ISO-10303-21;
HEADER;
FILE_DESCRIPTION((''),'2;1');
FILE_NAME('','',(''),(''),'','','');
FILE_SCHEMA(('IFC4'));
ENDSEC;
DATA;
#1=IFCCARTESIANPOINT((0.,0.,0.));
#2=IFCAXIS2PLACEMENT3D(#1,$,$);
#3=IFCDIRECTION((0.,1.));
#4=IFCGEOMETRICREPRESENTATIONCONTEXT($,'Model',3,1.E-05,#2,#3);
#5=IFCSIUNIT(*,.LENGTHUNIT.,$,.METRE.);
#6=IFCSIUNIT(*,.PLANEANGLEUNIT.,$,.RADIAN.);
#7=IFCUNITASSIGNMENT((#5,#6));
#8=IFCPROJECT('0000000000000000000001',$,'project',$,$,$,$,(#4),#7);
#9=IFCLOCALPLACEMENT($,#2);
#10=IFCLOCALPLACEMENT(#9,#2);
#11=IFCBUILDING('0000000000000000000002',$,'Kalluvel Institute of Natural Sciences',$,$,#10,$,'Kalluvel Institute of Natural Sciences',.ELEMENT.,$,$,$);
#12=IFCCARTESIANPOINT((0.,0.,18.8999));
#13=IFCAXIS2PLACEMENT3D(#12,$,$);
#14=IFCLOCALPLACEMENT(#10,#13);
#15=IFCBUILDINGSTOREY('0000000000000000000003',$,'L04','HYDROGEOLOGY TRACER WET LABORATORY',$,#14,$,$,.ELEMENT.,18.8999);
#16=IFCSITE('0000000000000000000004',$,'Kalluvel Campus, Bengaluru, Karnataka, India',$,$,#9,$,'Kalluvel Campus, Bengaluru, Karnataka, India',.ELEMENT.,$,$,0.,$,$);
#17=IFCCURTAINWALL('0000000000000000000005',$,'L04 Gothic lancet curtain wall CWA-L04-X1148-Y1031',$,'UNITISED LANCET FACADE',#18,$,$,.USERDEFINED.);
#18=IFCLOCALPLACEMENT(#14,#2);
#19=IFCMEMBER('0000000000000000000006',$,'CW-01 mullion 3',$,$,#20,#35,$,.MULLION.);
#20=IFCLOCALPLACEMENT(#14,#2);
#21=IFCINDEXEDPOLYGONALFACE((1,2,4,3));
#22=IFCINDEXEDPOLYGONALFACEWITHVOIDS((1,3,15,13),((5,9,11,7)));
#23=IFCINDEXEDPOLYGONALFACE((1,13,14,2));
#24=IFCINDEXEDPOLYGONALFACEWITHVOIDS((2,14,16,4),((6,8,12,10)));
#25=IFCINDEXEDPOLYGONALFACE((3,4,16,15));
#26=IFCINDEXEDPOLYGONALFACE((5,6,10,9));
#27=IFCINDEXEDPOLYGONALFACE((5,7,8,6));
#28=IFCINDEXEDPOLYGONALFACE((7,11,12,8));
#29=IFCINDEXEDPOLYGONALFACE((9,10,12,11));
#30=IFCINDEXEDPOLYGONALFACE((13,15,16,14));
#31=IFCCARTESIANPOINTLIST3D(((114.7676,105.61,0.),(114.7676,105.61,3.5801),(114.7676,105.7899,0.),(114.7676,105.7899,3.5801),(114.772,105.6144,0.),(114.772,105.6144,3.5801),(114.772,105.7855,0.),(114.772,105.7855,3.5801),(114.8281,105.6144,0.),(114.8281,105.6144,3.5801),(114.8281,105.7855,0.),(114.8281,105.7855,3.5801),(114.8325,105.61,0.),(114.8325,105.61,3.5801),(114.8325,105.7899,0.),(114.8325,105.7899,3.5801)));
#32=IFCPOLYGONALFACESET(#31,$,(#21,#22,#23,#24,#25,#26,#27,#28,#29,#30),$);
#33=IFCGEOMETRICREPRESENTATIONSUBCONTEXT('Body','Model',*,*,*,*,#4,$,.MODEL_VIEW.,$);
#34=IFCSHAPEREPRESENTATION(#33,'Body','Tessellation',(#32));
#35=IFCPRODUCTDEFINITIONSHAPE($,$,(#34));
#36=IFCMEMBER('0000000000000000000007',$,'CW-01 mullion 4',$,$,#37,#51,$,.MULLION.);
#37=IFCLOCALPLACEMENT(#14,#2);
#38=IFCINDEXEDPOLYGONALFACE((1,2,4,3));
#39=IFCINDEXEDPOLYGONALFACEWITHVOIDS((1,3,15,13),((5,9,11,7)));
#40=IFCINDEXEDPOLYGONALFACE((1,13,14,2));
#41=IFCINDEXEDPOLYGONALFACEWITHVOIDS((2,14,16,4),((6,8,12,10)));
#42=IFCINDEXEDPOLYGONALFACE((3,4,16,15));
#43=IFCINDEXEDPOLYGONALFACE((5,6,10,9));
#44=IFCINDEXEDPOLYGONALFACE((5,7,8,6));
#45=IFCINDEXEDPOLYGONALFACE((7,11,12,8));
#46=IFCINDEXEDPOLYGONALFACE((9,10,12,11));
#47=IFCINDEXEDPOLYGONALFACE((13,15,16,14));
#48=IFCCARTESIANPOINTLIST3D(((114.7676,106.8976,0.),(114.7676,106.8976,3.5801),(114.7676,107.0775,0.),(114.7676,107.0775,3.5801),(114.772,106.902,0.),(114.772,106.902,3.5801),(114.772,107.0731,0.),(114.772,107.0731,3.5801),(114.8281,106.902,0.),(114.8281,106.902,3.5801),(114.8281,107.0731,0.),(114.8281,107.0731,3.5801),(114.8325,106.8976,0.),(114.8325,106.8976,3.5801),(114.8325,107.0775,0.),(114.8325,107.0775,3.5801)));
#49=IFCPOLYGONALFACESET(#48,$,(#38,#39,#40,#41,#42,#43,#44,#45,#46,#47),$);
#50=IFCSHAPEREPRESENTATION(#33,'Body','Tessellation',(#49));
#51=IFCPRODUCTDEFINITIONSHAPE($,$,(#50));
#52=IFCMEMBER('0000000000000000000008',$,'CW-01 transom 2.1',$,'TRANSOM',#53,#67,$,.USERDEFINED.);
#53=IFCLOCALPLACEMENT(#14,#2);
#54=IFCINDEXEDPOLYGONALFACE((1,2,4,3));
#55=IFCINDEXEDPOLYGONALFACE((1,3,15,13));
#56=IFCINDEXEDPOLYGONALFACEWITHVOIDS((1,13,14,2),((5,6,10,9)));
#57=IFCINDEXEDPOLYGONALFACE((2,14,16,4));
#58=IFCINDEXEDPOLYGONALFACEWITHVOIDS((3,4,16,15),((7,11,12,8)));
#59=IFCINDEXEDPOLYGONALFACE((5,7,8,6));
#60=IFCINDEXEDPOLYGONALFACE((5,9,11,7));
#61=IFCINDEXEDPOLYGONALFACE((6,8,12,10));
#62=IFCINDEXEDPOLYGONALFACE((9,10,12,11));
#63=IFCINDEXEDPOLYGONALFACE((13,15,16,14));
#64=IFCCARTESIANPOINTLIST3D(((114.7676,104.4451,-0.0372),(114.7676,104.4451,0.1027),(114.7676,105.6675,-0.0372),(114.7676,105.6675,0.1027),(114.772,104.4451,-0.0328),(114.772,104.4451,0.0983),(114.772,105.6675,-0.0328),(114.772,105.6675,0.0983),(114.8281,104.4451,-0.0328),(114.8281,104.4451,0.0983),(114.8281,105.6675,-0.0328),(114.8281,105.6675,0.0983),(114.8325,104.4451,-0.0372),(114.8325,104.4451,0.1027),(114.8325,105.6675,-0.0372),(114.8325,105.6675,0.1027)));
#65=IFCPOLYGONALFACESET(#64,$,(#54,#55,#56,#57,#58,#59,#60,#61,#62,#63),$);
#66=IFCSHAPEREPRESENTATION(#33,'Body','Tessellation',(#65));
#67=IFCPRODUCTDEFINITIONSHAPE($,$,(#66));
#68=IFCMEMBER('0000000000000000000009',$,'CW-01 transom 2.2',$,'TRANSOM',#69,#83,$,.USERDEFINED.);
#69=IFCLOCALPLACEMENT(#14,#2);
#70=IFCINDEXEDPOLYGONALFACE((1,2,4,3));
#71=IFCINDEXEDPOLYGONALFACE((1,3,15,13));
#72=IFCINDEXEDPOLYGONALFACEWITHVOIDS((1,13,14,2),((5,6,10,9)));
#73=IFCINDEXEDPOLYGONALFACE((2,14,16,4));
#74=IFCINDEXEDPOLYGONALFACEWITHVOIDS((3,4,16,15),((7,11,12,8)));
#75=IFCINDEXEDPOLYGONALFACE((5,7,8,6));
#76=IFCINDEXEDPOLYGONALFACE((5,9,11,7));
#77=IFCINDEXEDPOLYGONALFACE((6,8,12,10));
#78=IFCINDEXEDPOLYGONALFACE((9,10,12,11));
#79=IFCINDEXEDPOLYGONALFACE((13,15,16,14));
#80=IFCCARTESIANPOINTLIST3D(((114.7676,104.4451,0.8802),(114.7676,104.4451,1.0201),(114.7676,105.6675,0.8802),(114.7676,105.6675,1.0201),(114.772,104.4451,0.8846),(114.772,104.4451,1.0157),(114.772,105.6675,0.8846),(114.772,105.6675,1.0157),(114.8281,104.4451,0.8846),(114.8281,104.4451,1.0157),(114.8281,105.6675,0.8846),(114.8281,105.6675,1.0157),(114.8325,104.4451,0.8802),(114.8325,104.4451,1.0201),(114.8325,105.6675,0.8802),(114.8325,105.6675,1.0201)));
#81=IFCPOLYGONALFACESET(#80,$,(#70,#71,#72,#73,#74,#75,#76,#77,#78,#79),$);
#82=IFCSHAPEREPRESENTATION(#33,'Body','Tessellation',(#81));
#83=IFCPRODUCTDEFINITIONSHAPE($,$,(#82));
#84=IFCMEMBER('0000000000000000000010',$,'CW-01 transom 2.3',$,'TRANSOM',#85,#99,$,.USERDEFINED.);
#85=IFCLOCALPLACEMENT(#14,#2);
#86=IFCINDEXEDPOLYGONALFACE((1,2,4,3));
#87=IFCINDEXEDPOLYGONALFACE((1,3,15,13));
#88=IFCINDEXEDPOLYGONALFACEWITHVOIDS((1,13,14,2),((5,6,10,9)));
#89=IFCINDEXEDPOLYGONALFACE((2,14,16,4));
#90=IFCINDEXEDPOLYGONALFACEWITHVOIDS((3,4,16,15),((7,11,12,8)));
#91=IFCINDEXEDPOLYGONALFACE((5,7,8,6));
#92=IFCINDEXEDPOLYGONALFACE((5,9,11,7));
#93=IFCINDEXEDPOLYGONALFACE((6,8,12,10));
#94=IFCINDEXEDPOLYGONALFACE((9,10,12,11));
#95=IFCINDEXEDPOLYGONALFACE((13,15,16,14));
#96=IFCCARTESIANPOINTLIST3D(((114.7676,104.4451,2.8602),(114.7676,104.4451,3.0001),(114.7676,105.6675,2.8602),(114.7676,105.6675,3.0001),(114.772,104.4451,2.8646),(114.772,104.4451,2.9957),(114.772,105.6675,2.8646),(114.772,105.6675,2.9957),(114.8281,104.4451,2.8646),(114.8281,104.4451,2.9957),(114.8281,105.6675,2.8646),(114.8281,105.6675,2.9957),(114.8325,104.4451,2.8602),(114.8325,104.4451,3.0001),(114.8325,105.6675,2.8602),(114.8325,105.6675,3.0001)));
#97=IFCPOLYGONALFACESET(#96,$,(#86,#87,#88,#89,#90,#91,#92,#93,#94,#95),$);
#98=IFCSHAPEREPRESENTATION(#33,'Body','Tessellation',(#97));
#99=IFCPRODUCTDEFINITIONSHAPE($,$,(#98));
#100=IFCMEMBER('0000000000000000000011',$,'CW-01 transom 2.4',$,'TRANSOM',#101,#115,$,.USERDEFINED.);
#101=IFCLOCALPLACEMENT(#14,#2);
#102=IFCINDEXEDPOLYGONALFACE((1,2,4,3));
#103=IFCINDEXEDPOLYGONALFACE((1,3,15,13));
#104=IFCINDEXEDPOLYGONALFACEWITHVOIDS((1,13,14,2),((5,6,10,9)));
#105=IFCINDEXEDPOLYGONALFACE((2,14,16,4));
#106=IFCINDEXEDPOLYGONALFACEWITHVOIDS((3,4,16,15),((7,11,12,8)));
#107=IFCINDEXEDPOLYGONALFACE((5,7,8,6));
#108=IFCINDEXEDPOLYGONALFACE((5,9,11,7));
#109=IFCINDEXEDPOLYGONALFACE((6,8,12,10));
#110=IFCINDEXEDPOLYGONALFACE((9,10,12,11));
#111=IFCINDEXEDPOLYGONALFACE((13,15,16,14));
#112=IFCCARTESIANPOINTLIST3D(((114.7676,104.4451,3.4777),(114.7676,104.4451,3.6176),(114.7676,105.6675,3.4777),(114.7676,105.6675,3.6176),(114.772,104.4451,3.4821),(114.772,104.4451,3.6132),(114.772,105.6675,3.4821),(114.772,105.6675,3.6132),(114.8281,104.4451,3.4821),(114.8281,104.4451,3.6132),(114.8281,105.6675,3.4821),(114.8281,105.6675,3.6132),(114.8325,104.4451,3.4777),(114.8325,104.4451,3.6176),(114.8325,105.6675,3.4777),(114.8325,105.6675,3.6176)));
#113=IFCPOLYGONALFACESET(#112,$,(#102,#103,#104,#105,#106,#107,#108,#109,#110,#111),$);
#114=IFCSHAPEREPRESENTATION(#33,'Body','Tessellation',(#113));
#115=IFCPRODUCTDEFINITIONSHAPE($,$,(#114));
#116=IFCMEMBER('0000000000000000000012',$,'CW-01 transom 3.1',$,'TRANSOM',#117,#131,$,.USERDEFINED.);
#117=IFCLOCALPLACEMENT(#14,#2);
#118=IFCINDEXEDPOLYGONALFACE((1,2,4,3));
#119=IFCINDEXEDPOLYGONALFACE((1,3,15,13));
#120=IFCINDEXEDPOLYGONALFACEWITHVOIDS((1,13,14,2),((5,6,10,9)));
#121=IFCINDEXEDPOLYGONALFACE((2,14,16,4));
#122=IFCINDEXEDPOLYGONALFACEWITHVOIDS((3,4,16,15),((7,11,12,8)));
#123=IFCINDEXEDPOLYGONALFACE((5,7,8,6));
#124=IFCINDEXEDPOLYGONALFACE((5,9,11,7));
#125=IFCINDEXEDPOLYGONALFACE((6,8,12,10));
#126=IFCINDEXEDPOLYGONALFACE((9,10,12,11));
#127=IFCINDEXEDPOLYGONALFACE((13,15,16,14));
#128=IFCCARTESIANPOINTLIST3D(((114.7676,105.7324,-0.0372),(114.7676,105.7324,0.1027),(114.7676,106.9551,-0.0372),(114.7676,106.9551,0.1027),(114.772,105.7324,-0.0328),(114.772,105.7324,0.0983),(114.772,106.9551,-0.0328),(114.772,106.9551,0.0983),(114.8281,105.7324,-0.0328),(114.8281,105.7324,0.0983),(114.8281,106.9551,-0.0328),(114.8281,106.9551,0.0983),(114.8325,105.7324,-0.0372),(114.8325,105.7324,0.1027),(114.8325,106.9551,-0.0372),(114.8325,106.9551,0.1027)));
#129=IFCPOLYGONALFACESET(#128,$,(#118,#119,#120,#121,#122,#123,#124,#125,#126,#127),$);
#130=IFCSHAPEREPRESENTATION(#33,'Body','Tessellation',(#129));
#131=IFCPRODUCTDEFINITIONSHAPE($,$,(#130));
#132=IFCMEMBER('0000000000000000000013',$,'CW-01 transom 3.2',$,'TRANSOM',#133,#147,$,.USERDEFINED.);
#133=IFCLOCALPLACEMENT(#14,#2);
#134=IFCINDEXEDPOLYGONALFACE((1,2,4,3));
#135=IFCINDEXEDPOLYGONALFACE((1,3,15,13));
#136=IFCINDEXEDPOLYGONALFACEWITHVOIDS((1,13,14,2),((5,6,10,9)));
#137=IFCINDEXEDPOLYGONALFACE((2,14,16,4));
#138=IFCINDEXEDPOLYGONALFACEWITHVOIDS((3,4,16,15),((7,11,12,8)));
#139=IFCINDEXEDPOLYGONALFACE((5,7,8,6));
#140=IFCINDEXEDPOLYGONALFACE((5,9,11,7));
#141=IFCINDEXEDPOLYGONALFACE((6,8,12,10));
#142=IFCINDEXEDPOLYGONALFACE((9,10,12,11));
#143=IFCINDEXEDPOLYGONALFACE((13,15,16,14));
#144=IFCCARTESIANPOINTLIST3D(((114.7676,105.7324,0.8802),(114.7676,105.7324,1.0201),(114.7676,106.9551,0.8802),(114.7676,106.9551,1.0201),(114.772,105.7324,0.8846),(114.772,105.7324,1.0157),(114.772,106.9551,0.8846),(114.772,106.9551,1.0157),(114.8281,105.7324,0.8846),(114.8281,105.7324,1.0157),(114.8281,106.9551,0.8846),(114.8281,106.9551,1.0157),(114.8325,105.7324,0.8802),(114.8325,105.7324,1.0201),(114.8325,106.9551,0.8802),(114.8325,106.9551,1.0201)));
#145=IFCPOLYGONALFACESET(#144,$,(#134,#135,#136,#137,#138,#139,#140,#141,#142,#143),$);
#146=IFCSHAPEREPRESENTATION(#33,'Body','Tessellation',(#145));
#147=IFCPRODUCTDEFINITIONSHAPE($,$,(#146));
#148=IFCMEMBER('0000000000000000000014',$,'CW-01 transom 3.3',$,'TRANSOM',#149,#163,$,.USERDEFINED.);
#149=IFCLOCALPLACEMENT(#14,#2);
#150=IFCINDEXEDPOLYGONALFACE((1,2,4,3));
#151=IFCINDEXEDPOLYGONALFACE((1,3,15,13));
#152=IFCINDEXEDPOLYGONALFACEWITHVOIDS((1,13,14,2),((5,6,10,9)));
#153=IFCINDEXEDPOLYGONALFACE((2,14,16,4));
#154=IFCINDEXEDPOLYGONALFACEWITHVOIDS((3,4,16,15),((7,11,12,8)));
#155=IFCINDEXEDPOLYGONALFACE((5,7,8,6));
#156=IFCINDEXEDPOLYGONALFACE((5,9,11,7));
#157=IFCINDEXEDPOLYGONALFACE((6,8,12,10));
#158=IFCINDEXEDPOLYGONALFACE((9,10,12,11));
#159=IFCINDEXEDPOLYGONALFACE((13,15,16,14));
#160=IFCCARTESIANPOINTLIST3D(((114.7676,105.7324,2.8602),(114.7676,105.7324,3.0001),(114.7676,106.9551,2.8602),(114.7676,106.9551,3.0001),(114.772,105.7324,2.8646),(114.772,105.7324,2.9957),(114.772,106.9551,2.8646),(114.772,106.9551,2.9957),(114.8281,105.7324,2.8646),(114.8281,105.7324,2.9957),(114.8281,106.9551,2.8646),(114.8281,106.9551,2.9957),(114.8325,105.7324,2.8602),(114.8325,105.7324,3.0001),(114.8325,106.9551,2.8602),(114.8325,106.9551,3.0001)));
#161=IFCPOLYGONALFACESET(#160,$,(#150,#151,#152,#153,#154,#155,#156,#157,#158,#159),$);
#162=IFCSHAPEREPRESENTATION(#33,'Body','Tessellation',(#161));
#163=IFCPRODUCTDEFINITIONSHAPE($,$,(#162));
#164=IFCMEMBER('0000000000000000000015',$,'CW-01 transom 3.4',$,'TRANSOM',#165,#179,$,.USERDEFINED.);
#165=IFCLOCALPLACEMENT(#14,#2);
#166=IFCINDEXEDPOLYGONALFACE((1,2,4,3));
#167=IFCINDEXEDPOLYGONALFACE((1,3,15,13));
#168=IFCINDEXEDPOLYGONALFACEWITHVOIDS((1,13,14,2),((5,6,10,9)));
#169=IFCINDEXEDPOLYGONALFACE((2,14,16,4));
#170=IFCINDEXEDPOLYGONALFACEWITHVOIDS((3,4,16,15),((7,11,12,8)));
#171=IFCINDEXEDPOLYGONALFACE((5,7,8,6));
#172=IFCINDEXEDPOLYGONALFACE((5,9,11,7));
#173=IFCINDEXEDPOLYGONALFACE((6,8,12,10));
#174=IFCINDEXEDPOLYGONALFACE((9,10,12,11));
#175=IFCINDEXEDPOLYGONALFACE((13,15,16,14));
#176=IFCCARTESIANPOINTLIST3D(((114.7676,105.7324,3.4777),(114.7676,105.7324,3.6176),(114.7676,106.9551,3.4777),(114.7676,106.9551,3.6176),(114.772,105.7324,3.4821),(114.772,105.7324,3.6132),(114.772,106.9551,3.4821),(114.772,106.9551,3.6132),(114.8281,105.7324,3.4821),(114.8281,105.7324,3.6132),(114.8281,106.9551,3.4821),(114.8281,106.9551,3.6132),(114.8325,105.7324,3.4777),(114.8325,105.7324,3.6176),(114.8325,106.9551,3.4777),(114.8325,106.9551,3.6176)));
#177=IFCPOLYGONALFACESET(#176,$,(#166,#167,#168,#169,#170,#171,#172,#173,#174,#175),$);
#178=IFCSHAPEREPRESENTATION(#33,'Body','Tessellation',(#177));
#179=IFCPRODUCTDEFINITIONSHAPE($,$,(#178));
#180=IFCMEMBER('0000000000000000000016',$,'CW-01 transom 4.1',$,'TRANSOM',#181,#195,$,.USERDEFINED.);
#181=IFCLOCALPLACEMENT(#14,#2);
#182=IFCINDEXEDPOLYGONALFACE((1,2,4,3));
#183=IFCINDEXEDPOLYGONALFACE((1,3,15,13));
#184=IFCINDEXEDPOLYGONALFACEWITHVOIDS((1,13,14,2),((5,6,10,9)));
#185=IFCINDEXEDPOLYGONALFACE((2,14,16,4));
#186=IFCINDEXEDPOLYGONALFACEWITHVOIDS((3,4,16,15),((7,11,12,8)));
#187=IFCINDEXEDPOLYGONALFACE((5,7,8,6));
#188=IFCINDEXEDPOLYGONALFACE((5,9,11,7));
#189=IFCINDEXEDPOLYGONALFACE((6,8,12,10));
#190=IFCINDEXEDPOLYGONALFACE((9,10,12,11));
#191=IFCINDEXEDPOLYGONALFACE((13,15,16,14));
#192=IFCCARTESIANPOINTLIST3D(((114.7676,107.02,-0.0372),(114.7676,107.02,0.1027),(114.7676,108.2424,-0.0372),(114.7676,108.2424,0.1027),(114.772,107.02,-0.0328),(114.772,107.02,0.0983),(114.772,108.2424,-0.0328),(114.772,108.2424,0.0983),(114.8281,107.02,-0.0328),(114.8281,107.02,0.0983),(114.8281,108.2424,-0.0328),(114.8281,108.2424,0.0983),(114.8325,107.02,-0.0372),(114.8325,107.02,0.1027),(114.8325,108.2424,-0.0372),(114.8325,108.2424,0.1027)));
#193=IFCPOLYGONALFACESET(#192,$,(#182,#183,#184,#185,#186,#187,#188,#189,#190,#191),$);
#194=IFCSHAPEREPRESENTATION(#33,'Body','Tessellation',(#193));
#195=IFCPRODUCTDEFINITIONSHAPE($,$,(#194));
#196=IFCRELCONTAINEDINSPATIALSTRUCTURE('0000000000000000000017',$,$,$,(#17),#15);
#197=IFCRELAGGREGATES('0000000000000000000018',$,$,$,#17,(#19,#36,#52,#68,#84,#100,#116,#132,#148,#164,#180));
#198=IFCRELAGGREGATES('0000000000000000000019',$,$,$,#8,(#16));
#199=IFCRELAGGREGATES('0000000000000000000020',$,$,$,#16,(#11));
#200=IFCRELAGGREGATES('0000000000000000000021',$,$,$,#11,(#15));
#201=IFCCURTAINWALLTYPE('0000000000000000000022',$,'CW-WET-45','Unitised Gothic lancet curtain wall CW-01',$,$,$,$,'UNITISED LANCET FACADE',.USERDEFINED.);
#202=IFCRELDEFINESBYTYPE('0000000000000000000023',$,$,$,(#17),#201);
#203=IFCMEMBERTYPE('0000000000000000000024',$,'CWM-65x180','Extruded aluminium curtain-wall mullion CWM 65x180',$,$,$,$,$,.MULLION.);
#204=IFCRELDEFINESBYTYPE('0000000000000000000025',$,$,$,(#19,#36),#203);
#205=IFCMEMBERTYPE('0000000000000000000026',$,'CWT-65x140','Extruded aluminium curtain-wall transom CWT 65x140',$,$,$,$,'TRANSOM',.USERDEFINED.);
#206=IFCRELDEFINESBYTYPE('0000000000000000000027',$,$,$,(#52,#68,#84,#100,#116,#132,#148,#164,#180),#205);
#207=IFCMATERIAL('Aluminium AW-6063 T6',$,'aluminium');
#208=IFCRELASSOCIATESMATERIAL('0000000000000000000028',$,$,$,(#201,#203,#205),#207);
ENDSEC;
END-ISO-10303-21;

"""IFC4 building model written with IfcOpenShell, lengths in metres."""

from ifc_helpers import new_model, si_unit, direction, frame, origin, origin_2d, place, context, subcontext, project, spatial, hollow_rectangle, extrude, material, material_profile, profile_set, type_object, element, aggregate, save


model = new_model("IFC4")

# Units and contexts
model_context = context("Model", 3, precision=1e-05, world=origin(), true_north=direction((0.0, 1.0)))
body_context = subcontext(model_context, "Body", "Model", "MODEL_VIEW")
ifc_project = project(units=[si_unit("LENGTHUNIT", "METRE"), si_unit("PLANEANGLEUNIT", "RADIAN")], contexts=[model_context])

# Site, building, storey
site_placement = place(None, origin())
site = spatial("IfcSite", under=ifc_project, at=site_placement, Name="Kalluvel Campus, Bengaluru, Karnataka, India", LongName="Kalluvel Campus, Bengaluru, Karnataka, India", CompositionType="ELEMENT", RefElevation=0.0)
building_placement = place(site_placement, origin())
building = spatial("IfcBuilding", under=site, at=building_placement, Name="Kalluvel Institute of Natural Sciences", LongName="Kalluvel Institute of Natural Sciences", CompositionType="ELEMENT")
storey_placement = place(building_placement, frame((0.0, 0.0, 18.8999)))
storey = spatial("IfcBuildingStorey", under=building, at=storey_placement, Name="L04", Description="HYDROGEOLOGY TRACER WET LABORATORY", CompositionType="ELEMENT", Elevation=18.8999)

# Curtain wall, members
ifc_material_1 = material(Name="Aluminium AW-6063 T6", Category="aluminium")
curtain_wall_type = type_object("IfcCurtainWallType", Name="CW-WET-45", Description="Unitised Gothic lancet curtain wall CW-01", ElementType="UNITISED LANCET FACADE", PredefinedType="USERDEFINED", material=ifc_material_1)
curtain_wall_placement = place(storey_placement, origin())
curtain_wall = element("IfcCurtainWall", 1, at=curtain_wall_placement, inside=storey, type_object=curtain_wall_type, Name="L04 Gothic lancet curtain wall CWA-L04-X1148-Y1031", ObjectType="UNITISED LANCET FACADE", PredefinedType="USERDEFINED")
ifc_material_profile_1 = material_profile(ifc_material_1, hollow_rectangle(XDim=0.0649, YDim=0.1799, WallThickness=0.0044, at=origin_2d()), Name="CWM 65x180")
ifc_profile_set_1 = profile_set([ifc_material_profile_1], Name="Aluminium AW-6063 T6")
member_type_1 = type_object("IfcMemberType", Name="CWM-65x180", Description="Extruded aluminium curtain-wall mullion CWM 65x180", PredefinedType="MULLION", material=ifc_profile_set_1)
member_1_placement = place(storey_placement, frame((114.8, 105.7, 0.0), z_axis=(0.0, 0.0, 1.0), x_axis=(-1.0, 0.0, 0.0)))
member_1 = element("IfcMember", 2, at=member_1_placement, type_object=member_type_1, Name="CW-01 mullion 3", PredefinedType="MULLION", context=body_context, shape_type="SweptSolid", body=[
    extrude(hollow_rectangle(XDim=0.0649, YDim=0.1799, WallThickness=0.0044, at=origin_2d()), origin(), (0.0, 0.0, 1.0), 3.5801),
])
member_2_placement = place(storey_placement, frame((114.8, 106.9875, 0.0), z_axis=(0.0, 0.0, 1.0), x_axis=(-1.0, 0.0, 0.0)))
member_2 = element("IfcMember", 3, at=member_2_placement, type_object=member_type_1, Name="CW-01 mullion 4", PredefinedType="MULLION", context=body_context, shape_type="SweptSolid", body=[
    extrude(hollow_rectangle(XDim=0.0649, YDim=0.1799, WallThickness=0.0044, at=origin_2d()), origin(), (0.0, 0.0, 1.0), 3.5801),
])
ifc_material_profile_2 = material_profile(ifc_material_1, hollow_rectangle(XDim=0.0649, YDim=0.1399, WallThickness=0.0044, at=origin_2d()), Name="CWT 65x140")
ifc_profile_set_2 = profile_set([ifc_material_profile_2], Name="Aluminium AW-6063 T6")
member_type_2 = type_object("IfcMemberType", Name="CWT-65x140", Description="Extruded aluminium curtain-wall transom CWT 65x140", ElementType="TRANSOM", PredefinedType="USERDEFINED", material=ifc_profile_set_2)
member_3_placement = place(storey_placement, frame((114.8, 104.4451, 0.0327), z_axis=(0.0, 1.0, 0.0), x_axis=(-1.0, 0.0, 0.0)))
member_3 = element("IfcMember", 4, at=member_3_placement, type_object=member_type_2, Name="CW-01 transom 2.1", ObjectType="TRANSOM", PredefinedType="USERDEFINED", context=body_context, shape_type="SweptSolid", body=[
    extrude(hollow_rectangle(XDim=0.0649, YDim=0.1399, WallThickness=0.0044, at=origin_2d()), origin(), (0.0, 0.0, 1.0), 1.2224),
])
member_4_placement = place(storey_placement, frame((114.8, 104.4451, 0.9502), z_axis=(0.0, 1.0, 0.0), x_axis=(-1.0, 0.0, 0.0)))
member_4 = element("IfcMember", 5, at=member_4_placement, type_object=member_type_2, Name="CW-01 transom 2.2", ObjectType="TRANSOM", PredefinedType="USERDEFINED", context=body_context, shape_type="SweptSolid", body=[
    extrude(hollow_rectangle(XDim=0.0649, YDim=0.1399, WallThickness=0.0044, at=origin_2d()), origin(), (0.0, 0.0, 1.0), 1.2224),
])
member_5_placement = place(storey_placement, frame((114.8, 104.4451, 2.9302), z_axis=(0.0, 1.0, 0.0), x_axis=(-1.0, 0.0, 0.0)))
member_5 = element("IfcMember", 6, at=member_5_placement, type_object=member_type_2, Name="CW-01 transom 2.3", ObjectType="TRANSOM", PredefinedType="USERDEFINED", context=body_context, shape_type="SweptSolid", body=[
    extrude(hollow_rectangle(XDim=0.0649, YDim=0.1399, WallThickness=0.0044, at=origin_2d()), origin(), (0.0, 0.0, 1.0), 1.2224),
])
member_6_placement = place(storey_placement, frame((114.8, 104.4451, 3.5476), z_axis=(0.0, 1.0, 0.0), x_axis=(-1.0, 0.0, 0.0)))
member_6 = element("IfcMember", 7, at=member_6_placement, type_object=member_type_2, Name="CW-01 transom 2.4", ObjectType="TRANSOM", PredefinedType="USERDEFINED", context=body_context, shape_type="SweptSolid", body=[
    extrude(hollow_rectangle(XDim=0.0649, YDim=0.1399, WallThickness=0.0044, at=origin_2d()), origin(), (0.0, 0.0, 1.0), 1.2224),
])
member_7_placement = place(storey_placement, frame((114.8, 105.7324, 0.0327), z_axis=(0.0, 1.0, 0.0), x_axis=(-1.0, 0.0, 0.0)))
member_7 = element("IfcMember", 8, at=member_7_placement, type_object=member_type_2, Name="CW-01 transom 3.1", ObjectType="TRANSOM", PredefinedType="USERDEFINED", context=body_context, shape_type="SweptSolid", body=[
    extrude(hollow_rectangle(XDim=0.0649, YDim=0.1399, WallThickness=0.0044, at=origin_2d()), origin(), (0.0, 0.0, 1.0), 1.2227),
])
member_8_placement = place(storey_placement, frame((114.8, 105.7324, 0.9502), z_axis=(0.0, 1.0, 0.0), x_axis=(-1.0, 0.0, 0.0)))
member_8 = element("IfcMember", 9, at=member_8_placement, type_object=member_type_2, Name="CW-01 transom 3.2", ObjectType="TRANSOM", PredefinedType="USERDEFINED", context=body_context, shape_type="SweptSolid", body=[
    extrude(hollow_rectangle(XDim=0.0649, YDim=0.1399, WallThickness=0.0044, at=origin_2d()), origin(), (0.0, 0.0, 1.0), 1.2227),
])
member_9_placement = place(storey_placement, frame((114.8, 105.7324, 2.9302), z_axis=(0.0, 1.0, 0.0), x_axis=(-1.0, 0.0, 0.0)))
member_9 = element("IfcMember", 10, at=member_9_placement, type_object=member_type_2, Name="CW-01 transom 3.3", ObjectType="TRANSOM", PredefinedType="USERDEFINED", context=body_context, shape_type="SweptSolid", body=[
    extrude(hollow_rectangle(XDim=0.0649, YDim=0.1399, WallThickness=0.0044, at=origin_2d()), origin(), (0.0, 0.0, 1.0), 1.2227),
])
member_10_placement = place(storey_placement, frame((114.8, 105.7324, 3.5476), z_axis=(0.0, 1.0, 0.0), x_axis=(-1.0, 0.0, 0.0)))
member_10 = element("IfcMember", 11, at=member_10_placement, type_object=member_type_2, Name="CW-01 transom 3.4", ObjectType="TRANSOM", PredefinedType="USERDEFINED", context=body_context, shape_type="SweptSolid", body=[
    extrude(hollow_rectangle(XDim=0.0649, YDim=0.1399, WallThickness=0.0044, at=origin_2d()), origin(), (0.0, 0.0, 1.0), 1.2227),
])
member_11_placement = place(storey_placement, frame((114.8, 107.02, 0.0327), z_axis=(0.0, 1.0, 0.0), x_axis=(-1.0, 0.0, 0.0)))
member_11 = element("IfcMember", 12, at=member_11_placement, type_object=member_type_2, Name="CW-01 transom 4.1", ObjectType="TRANSOM", PredefinedType="USERDEFINED", context=body_context, shape_type="SweptSolid", body=[
    extrude(hollow_rectangle(XDim=0.0649, YDim=0.1399, WallThickness=0.0044, at=origin_2d()), origin(), (0.0, 0.0, 1.0), 1.2224),
])
aggregate(curtain_wall, [member_1, member_2, member_3, member_4, member_5, member_6, member_7, member_8, member_9, member_10, member_11])

save(model, "model.ifc")
